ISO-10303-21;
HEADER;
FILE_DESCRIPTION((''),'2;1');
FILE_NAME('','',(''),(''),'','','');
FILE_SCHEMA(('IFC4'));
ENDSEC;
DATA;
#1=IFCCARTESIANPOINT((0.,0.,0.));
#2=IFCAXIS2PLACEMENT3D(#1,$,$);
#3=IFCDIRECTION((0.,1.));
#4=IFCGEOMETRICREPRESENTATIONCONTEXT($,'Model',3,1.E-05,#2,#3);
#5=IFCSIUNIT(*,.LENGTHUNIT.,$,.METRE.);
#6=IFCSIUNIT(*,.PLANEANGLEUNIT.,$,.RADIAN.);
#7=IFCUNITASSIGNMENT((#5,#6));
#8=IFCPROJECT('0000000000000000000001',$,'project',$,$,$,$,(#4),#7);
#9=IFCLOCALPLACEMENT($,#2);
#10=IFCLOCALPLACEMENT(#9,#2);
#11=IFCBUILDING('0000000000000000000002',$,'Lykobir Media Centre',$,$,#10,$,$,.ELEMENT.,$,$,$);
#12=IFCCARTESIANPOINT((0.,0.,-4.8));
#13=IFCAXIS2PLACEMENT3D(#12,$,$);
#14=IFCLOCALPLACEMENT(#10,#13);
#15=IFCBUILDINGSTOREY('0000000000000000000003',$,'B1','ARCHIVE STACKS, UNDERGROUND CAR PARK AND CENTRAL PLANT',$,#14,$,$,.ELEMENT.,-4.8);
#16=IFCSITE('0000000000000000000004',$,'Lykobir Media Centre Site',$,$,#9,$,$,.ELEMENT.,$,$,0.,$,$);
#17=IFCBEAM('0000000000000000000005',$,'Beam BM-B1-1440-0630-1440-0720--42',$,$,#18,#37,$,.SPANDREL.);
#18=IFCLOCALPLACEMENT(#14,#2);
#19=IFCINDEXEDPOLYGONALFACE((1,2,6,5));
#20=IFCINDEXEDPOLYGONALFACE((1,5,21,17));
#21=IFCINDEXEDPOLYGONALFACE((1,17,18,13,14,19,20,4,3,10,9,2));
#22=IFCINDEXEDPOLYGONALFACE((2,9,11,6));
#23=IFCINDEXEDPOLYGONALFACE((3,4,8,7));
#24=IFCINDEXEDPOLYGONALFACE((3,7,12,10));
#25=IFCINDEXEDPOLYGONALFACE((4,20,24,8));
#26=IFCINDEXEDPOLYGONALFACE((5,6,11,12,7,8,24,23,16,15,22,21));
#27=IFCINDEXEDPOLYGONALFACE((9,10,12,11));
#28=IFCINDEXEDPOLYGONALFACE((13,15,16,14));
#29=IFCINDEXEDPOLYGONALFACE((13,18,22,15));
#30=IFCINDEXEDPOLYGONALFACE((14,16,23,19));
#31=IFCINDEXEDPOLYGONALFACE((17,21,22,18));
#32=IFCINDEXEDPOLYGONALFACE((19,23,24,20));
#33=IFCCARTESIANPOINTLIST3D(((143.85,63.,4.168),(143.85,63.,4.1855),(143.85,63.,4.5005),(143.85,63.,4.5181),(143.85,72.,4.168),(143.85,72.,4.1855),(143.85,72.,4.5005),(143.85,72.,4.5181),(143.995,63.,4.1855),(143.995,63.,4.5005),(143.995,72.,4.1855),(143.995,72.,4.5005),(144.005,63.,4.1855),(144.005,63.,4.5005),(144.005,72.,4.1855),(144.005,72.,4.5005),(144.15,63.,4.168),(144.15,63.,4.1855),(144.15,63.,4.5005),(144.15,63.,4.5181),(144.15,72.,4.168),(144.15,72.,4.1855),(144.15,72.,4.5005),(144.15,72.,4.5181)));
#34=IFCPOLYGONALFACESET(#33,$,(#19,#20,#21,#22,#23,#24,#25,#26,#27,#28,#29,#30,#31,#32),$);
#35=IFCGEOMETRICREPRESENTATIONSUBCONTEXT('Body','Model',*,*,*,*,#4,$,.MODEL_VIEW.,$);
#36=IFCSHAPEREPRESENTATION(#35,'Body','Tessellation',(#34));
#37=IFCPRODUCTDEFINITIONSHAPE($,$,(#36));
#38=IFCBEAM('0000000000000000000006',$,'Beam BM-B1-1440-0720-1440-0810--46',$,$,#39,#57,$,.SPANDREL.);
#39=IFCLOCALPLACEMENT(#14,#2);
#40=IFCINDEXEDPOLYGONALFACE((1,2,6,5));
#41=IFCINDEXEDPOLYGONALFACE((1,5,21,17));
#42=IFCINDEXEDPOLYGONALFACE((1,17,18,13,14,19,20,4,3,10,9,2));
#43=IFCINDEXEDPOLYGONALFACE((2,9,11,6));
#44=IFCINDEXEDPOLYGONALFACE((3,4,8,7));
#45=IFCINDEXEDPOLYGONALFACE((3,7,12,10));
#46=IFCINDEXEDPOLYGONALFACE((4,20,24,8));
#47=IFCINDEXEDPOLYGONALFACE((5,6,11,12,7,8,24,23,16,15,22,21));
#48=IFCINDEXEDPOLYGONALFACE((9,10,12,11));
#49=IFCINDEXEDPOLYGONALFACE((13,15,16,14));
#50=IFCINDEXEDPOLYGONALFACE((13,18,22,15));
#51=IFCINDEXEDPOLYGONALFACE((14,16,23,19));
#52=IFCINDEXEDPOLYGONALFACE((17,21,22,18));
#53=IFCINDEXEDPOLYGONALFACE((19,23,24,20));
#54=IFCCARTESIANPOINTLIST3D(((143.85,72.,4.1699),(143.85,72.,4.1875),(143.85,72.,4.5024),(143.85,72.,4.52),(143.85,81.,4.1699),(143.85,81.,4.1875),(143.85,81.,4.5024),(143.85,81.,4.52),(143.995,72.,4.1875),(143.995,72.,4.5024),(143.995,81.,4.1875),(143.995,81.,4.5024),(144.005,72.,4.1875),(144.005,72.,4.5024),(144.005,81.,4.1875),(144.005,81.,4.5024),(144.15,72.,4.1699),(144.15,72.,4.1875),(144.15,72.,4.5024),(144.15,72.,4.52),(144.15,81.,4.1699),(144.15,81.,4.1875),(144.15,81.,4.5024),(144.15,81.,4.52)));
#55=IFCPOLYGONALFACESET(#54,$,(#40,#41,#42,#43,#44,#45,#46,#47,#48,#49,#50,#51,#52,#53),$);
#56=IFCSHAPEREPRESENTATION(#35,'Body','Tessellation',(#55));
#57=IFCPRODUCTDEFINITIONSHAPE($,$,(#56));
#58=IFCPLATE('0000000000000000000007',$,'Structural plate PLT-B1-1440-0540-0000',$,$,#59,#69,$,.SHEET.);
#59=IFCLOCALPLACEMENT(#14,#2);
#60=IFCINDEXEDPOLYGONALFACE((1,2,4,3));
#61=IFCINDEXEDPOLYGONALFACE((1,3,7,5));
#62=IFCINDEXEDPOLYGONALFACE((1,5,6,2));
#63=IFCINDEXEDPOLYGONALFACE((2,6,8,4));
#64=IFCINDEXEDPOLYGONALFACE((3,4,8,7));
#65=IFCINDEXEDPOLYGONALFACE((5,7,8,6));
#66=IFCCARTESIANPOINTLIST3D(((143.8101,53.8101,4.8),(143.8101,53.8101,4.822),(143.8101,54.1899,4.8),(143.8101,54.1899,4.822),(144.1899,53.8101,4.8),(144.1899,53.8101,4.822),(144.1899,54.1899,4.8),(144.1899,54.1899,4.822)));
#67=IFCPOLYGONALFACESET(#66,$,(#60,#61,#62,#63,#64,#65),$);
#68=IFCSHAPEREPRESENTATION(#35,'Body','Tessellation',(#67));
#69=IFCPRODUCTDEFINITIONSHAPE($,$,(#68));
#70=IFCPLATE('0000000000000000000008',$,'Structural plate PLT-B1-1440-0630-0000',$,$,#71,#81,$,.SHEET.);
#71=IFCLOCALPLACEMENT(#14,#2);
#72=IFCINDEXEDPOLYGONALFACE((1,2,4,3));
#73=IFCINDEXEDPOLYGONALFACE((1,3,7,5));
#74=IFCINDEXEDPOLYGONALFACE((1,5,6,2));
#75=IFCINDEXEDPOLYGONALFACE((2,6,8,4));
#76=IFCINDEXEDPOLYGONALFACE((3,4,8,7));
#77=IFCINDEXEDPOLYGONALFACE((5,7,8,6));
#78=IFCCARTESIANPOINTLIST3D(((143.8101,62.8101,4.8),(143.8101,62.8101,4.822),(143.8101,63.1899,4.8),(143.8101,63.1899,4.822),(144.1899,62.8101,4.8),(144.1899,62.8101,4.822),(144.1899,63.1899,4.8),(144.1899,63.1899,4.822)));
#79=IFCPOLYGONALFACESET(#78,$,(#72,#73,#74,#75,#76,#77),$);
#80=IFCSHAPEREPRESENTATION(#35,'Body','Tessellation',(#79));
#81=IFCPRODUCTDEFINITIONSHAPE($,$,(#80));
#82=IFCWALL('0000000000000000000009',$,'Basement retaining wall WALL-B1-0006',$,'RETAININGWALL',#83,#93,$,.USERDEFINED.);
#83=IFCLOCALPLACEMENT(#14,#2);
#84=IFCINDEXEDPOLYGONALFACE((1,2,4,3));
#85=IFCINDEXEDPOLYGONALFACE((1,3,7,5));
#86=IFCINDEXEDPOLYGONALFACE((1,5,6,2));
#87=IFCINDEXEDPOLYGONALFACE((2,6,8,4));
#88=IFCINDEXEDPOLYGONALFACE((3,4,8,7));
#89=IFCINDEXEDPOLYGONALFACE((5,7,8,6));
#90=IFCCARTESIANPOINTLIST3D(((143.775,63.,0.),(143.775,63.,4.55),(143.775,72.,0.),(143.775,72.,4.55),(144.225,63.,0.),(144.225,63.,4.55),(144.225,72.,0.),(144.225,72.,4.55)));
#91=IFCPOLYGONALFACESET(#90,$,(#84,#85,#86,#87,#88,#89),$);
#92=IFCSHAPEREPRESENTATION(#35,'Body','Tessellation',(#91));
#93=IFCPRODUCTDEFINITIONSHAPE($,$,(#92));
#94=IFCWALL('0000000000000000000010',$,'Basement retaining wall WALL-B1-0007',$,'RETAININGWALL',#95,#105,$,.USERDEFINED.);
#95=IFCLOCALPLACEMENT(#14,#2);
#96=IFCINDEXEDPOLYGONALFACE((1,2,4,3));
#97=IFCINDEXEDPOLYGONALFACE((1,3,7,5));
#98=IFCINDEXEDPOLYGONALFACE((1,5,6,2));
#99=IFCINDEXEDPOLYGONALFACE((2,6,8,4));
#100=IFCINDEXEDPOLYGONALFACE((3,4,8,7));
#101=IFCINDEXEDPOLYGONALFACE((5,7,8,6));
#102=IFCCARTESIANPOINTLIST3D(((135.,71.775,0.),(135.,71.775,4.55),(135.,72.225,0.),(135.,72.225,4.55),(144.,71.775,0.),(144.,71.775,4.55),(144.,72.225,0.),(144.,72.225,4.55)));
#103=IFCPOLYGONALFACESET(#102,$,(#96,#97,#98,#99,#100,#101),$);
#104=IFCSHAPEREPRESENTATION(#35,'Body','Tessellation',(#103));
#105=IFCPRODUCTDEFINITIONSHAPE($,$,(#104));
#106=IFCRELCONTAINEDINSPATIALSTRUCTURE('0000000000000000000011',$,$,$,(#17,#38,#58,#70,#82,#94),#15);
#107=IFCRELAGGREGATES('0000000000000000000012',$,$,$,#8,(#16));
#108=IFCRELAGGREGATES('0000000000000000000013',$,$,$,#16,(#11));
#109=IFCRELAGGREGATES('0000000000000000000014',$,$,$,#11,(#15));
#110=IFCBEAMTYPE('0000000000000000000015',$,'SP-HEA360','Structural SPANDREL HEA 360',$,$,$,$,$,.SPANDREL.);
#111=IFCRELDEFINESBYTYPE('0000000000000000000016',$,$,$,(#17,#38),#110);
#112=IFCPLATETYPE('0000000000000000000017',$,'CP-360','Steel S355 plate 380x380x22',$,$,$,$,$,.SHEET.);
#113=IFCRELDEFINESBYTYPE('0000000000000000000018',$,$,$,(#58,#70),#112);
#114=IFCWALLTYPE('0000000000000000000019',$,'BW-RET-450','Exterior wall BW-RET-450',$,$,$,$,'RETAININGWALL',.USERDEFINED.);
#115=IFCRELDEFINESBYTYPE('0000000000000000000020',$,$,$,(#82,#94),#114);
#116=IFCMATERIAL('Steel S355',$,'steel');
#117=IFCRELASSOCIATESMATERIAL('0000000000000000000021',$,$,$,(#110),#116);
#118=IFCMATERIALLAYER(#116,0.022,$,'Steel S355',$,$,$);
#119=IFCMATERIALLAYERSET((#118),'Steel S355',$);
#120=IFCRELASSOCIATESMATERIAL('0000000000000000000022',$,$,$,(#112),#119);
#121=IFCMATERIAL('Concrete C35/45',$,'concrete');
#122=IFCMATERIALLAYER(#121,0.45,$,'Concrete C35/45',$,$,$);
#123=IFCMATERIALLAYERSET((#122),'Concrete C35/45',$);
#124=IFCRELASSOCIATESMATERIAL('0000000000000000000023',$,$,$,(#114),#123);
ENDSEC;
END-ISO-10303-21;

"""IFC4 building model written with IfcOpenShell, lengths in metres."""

from ifc_helpers import new_model, si_unit, direction, frame, frame_2d, origin, origin_2d, place, context, subcontext, project, spatial, rectangle, i_section, extrude, material, layer, layer_set, material_profile, profile_set, type_object, element, save


model = new_model("IFC4")

# Units and contexts
model_context = context("Model", 3, precision=1e-05, world=origin(), true_north=direction((0.0, 1.0)))
body_context = subcontext(model_context, "Body", "Model", "MODEL_VIEW")
ifc_project = project(units=[si_unit("LENGTHUNIT", "METRE"), si_unit("PLANEANGLEUNIT", "RADIAN")], contexts=[model_context])

# Site, building, storey
site_placement = place(None, origin())
site = spatial("IfcSite", under=ifc_project, at=site_placement, Name="Lykobir Media Centre Site", CompositionType="ELEMENT", RefElevation=0.0)
building_placement = place(site_placement, origin())
building = spatial("IfcBuilding", under=site, at=building_placement, Name="Lykobir Media Centre", CompositionType="ELEMENT")
storey_placement = place(building_placement, frame((0.0, 0.0, -4.8)))
storey = spatial("IfcBuildingStorey", under=building, at=storey_placement, Name="B1", Description="ARCHIVE STACKS, UNDERGROUND CAR PARK AND CENTRAL PLANT", CompositionType="ELEMENT", Elevation=-4.8)

# Shared definitions
ifc_material_1 = material(Name="Concrete C35/45", Category="concrete")

# Shared definitions
ifc_material_2 = material(Name="Steel S355", Category="steel")

# Beams
ifc_material_profile_1 = material_profile(ifc_material_2, i_section(OverallWidth=0.3, OverallDepth=0.3501, WebThickness=0.01, FlangeThickness=0.0176, at=origin_2d()), Name="HEA 360")
ifc_profile_set_1 = profile_set([ifc_material_profile_1], Name="Steel S355")
beam_type_1 = type_object("IfcBeamType", Name="SP-HEA360", Description="Structural SPANDREL HEA 360", PredefinedType="SPANDREL", material=ifc_profile_set_1)
for number, where, z_axis, x_axis, name in (
    (1, (144.0, 63.0, 4.343), (0.0, 1.0, 0.0), (-1.0, 0.0, 0.0), "Beam BM-B1-1440-0630-1440-0720--42"),
    (2, (144.0, 72.0, 4.345), (0.0, 1.0, 0.0), (-1.0, 0.0, 0.0), "Beam BM-B1-1440-0720-1440-0810--46"),
):
    element("IfcBeam", number, at=place(storey_placement, frame(where, z_axis=z_axis, x_axis=x_axis)), inside=storey, type_object=beam_type_1, Name=name, PredefinedType="SPANDREL", context=body_context, shape_type="SweptSolid", body=[
        extrude(i_section(OverallWidth=0.3, OverallDepth=0.3501, WebThickness=0.01, FlangeThickness=0.0176, at=origin_2d()), origin(), (0.0, 0.0, 1.0), 9.0),
    ])

# Plates
ifc_layer_1 = layer(ifc_material_2, 0.022, Name="Steel S355")
ifc_layer_set_1 = layer_set([ifc_layer_1], Name="Steel S355")
plate_type = type_object("IfcPlateType", Name="CP-360", Description="Steel S355 plate 380x380x22", PredefinedType="SHEET", material=ifc_layer_set_1)
for number, where, z_axis, x_axis, name in (
    (3, (144.0, 54.0, 4.8), (0.0, 0.0, 1.0), (1.0, 0.0, 0.0), "Structural plate PLT-B1-1440-0540-0000"),
    (4, (144.0, 63.0, 4.8), (0.0, 0.0, 1.0), (1.0, 0.0, 0.0), "Structural plate PLT-B1-1440-0630-0000"),
):
    element("IfcPlate", number, at=place(storey_placement, frame(where, z_axis=z_axis, x_axis=x_axis)), inside=storey, type_object=plate_type, Name=name, PredefinedType="SHEET", context=body_context, shape_type="SweptSolid", body=[
        extrude(rectangle(XDim=0.3799, YDim=0.3799, at=origin_2d()), origin(), (0.0, 0.0, 1.0), 0.022),
    ])

# Walls
ifc_layer_2 = layer(ifc_material_1, 0.45, Name="Concrete C35/45")
ifc_layer_set_2 = layer_set([ifc_layer_2], Name="Concrete C35/45")
wall_type = type_object("IfcWallType", Name="BW-RET-450", Description="Exterior wall BW-RET-450", ElementType="RETAININGWALL", PredefinedType="USERDEFINED", material=ifc_layer_set_2)
for number, where, z_axis, x_axis, name in (
    (5, (144.0, 63.0, 0.0), (0.0, 0.0, 1.0), (0.0, 1.0, 0.0), "Basement retaining wall WALL-B1-0006"),
    (6, (144.0, 72.0, 0.0), (0.0, 0.0, 1.0), (-1.0, 0.0, 0.0), "Basement retaining wall WALL-B1-0007"),
):
    element("IfcWall", number, at=place(storey_placement, frame(where, z_axis=z_axis, x_axis=x_axis)), inside=storey, type_object=wall_type, Name=name, ObjectType="RETAININGWALL", PredefinedType="USERDEFINED", context=body_context, shape_type="SweptSolid", body=[
        extrude(rectangle(XDim=9.0, YDim=0.45, at=frame_2d((4.5, 0.0))), origin(), (0.0, 0.0, 1.0), 4.55),
    ])

save(model, "model.ifc")
